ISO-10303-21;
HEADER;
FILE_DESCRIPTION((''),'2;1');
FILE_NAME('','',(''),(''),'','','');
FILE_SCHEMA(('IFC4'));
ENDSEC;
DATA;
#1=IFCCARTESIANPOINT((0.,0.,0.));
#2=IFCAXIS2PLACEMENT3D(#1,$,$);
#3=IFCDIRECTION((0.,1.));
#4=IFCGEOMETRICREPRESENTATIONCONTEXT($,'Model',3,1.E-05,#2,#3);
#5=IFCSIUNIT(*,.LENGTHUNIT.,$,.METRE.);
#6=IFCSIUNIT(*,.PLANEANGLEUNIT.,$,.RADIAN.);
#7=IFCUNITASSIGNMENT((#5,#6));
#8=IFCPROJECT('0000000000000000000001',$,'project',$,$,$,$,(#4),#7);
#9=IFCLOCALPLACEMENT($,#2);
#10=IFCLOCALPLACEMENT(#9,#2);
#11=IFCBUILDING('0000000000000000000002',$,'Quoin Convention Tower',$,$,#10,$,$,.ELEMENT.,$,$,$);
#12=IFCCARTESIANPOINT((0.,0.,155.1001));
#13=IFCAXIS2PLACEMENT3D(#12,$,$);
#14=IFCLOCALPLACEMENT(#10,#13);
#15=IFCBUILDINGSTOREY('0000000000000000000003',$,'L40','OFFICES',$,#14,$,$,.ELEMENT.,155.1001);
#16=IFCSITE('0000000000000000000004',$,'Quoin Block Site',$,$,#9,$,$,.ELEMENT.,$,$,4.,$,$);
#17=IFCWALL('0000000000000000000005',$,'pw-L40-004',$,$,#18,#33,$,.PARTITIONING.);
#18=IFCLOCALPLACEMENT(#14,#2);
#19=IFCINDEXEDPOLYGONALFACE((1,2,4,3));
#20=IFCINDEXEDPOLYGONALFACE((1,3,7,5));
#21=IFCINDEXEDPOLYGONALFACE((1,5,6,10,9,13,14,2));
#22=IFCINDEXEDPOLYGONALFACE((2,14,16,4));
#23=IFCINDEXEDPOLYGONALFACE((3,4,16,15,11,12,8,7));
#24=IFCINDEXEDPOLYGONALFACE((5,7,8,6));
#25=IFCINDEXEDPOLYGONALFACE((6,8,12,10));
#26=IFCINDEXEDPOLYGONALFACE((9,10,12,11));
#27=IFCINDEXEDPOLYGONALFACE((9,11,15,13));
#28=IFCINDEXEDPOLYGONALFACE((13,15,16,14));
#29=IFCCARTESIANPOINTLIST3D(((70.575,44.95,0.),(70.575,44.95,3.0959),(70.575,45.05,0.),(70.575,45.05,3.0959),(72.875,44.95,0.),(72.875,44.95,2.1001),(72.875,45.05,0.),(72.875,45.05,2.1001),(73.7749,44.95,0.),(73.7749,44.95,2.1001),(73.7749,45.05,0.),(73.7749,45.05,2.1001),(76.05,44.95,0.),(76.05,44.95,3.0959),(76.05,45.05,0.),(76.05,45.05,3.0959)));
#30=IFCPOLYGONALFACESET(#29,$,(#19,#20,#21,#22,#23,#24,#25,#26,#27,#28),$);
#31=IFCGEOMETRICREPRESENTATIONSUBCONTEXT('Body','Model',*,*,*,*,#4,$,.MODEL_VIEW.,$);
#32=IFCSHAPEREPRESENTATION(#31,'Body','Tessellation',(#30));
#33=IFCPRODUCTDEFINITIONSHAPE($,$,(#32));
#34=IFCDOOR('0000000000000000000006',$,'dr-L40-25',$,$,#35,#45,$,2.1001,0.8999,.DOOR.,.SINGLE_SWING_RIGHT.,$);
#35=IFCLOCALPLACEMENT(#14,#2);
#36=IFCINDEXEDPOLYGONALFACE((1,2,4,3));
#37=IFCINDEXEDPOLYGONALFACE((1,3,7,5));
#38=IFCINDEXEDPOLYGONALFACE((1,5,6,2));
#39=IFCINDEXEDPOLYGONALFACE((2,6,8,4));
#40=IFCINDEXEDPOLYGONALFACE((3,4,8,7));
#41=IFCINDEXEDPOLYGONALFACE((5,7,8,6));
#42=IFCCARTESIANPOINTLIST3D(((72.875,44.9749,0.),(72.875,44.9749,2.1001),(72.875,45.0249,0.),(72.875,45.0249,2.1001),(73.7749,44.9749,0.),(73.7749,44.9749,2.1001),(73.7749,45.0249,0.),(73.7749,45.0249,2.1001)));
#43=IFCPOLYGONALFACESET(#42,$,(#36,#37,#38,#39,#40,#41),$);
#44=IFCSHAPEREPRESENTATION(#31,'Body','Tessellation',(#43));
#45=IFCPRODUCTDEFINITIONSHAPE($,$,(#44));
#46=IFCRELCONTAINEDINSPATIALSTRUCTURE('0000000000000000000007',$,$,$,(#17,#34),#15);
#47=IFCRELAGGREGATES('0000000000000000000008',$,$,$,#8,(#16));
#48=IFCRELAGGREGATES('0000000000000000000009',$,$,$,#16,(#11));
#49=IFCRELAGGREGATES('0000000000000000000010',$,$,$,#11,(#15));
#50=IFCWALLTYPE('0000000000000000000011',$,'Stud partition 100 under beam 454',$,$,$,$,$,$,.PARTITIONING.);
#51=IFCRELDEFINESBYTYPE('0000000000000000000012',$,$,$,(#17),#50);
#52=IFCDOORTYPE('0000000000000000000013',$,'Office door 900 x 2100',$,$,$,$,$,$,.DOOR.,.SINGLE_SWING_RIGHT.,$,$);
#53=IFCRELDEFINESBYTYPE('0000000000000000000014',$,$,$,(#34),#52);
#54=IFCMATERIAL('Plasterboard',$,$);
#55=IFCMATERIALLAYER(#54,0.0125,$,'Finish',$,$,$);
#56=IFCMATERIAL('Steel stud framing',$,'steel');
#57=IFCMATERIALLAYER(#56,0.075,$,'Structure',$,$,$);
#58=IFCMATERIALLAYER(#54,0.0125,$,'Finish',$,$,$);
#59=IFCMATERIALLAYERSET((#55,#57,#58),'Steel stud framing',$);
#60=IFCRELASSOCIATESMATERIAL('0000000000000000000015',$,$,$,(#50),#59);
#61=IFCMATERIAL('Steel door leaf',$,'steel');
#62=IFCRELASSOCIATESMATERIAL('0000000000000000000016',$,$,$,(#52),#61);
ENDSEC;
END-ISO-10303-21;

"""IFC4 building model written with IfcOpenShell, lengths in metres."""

from ifc_helpers import new_model, si_unit, direction, frame, frame_2d, origin, place, context, subcontext, project, spatial, rectangle, extrude, material, layer, layer_set, type_object, element, fill, save


model = new_model("IFC4")

# Units and contexts
model_context = context("Model", 3, precision=1e-05, world=origin(), true_north=direction((0.0, 1.0)))
body_context = subcontext(model_context, "Body", "Model", "MODEL_VIEW")
ifc_project = project(units=[si_unit("LENGTHUNIT", "METRE"), si_unit("PLANEANGLEUNIT", "RADIAN")], contexts=[model_context])

# Site, building, storey
site_placement = place(None, origin())
site = spatial("IfcSite", under=ifc_project, at=site_placement, Name="Quoin Block Site", CompositionType="ELEMENT", RefElevation=4.0)
building_placement = place(site_placement, origin())
building = spatial("IfcBuilding", under=site, at=building_placement, Name="Quoin Convention Tower", CompositionType="ELEMENT")
storey_placement = place(building_placement, frame((0.0, 0.0, 155.1001)))
storey = spatial("IfcBuildingStorey", under=building, at=storey_placement, Name="L40", Description="OFFICES", CompositionType="ELEMENT", Elevation=155.1001)

# Shared definitions
ifc_material_1 = material(Name="Plasterboard")
ifc_material_2 = material(Name="Steel stud framing", Category="steel")

# Wall, opening, door
ifc_material_3 = material(Name="Steel door leaf", Category="steel")
ifc_layer_1 = layer(ifc_material_1, 0.0125, Name="Finish")
ifc_layer_2 = layer(ifc_material_2, 0.075, Name="Structure")
ifc_layer_3 = layer(ifc_material_1, 0.0125, Name="Finish")
ifc_layer_set_1 = layer_set([ifc_layer_1, ifc_layer_2, ifc_layer_3], Name="Steel stud framing")
wall_type_1 = type_object("IfcWallType", Name="Stud partition 100 under beam 454", PredefinedType="PARTITIONING", material=ifc_layer_set_1)
wall_1_placement = place(storey_placement, frame((70.575, 45.0, 0.0), z_axis=(0.0, 0.0, 1.0), x_axis=(1.0, 0.0, 0.0)))
wall_1 = element("IfcWall", 1, at=wall_1_placement, inside=storey, type_object=wall_type_1, Name="pw-L40-004", PredefinedType="PARTITIONING", context=body_context, shape_type="SweptSolid", body=[
    extrude(rectangle(XDim=5.4751, YDim=0.1001, at=frame_2d((2.7375, 0.0))), origin(), (0.0, 0.0, 1.0), 3.0959),
])
opening_1_placement = place(wall_1_placement, frame((2.3, 0.0, 0.0)))
opening_1 = element("IfcOpeningElement", 2, at=opening_1_placement, cuts=wall_1, PredefinedType="OPENING", context=body_context, shape_type="SweptSolid", body=[
    extrude(rectangle(XDim=0.8999, YDim=2.1001, at=frame_2d((0.45, 1.05))), frame((0.0, 0.0601, 0.0), z_axis=(0.0, -1.0, 0.0), x_axis=(1.0, 0.0, 0.0)), (0.0, 0.0, 1.0), 0.1201),
])
door_type_1 = type_object("IfcDoorType", Name="Office door 900 x 2100", OperationType="SINGLE_SWING_RIGHT", PredefinedType="DOOR", material=ifc_material_3)
door_1_placement = place(opening_1_placement, origin())
door_1 = element("IfcDoor", 3, at=door_1_placement, inside=storey, type_object=door_type_1, Name="dr-L40-25", OperationType="SINGLE_SWING_RIGHT", OverallHeight=2.1001, OverallWidth=0.8999, PredefinedType="DOOR", context=body_context, shape_type="SweptSolid", body=[
    extrude(rectangle(XDim=0.8999, YDim=2.1001, at=frame_2d((0.45, 1.05))), frame((0.0, 0.0249, 0.0), z_axis=(0.0, -1.0, 0.0), x_axis=(1.0, 0.0, 0.0)), (0.0, 0.0, 1.0), 0.05),
])
fill(opening_1, door_1)

save(model, "model.ifc")
